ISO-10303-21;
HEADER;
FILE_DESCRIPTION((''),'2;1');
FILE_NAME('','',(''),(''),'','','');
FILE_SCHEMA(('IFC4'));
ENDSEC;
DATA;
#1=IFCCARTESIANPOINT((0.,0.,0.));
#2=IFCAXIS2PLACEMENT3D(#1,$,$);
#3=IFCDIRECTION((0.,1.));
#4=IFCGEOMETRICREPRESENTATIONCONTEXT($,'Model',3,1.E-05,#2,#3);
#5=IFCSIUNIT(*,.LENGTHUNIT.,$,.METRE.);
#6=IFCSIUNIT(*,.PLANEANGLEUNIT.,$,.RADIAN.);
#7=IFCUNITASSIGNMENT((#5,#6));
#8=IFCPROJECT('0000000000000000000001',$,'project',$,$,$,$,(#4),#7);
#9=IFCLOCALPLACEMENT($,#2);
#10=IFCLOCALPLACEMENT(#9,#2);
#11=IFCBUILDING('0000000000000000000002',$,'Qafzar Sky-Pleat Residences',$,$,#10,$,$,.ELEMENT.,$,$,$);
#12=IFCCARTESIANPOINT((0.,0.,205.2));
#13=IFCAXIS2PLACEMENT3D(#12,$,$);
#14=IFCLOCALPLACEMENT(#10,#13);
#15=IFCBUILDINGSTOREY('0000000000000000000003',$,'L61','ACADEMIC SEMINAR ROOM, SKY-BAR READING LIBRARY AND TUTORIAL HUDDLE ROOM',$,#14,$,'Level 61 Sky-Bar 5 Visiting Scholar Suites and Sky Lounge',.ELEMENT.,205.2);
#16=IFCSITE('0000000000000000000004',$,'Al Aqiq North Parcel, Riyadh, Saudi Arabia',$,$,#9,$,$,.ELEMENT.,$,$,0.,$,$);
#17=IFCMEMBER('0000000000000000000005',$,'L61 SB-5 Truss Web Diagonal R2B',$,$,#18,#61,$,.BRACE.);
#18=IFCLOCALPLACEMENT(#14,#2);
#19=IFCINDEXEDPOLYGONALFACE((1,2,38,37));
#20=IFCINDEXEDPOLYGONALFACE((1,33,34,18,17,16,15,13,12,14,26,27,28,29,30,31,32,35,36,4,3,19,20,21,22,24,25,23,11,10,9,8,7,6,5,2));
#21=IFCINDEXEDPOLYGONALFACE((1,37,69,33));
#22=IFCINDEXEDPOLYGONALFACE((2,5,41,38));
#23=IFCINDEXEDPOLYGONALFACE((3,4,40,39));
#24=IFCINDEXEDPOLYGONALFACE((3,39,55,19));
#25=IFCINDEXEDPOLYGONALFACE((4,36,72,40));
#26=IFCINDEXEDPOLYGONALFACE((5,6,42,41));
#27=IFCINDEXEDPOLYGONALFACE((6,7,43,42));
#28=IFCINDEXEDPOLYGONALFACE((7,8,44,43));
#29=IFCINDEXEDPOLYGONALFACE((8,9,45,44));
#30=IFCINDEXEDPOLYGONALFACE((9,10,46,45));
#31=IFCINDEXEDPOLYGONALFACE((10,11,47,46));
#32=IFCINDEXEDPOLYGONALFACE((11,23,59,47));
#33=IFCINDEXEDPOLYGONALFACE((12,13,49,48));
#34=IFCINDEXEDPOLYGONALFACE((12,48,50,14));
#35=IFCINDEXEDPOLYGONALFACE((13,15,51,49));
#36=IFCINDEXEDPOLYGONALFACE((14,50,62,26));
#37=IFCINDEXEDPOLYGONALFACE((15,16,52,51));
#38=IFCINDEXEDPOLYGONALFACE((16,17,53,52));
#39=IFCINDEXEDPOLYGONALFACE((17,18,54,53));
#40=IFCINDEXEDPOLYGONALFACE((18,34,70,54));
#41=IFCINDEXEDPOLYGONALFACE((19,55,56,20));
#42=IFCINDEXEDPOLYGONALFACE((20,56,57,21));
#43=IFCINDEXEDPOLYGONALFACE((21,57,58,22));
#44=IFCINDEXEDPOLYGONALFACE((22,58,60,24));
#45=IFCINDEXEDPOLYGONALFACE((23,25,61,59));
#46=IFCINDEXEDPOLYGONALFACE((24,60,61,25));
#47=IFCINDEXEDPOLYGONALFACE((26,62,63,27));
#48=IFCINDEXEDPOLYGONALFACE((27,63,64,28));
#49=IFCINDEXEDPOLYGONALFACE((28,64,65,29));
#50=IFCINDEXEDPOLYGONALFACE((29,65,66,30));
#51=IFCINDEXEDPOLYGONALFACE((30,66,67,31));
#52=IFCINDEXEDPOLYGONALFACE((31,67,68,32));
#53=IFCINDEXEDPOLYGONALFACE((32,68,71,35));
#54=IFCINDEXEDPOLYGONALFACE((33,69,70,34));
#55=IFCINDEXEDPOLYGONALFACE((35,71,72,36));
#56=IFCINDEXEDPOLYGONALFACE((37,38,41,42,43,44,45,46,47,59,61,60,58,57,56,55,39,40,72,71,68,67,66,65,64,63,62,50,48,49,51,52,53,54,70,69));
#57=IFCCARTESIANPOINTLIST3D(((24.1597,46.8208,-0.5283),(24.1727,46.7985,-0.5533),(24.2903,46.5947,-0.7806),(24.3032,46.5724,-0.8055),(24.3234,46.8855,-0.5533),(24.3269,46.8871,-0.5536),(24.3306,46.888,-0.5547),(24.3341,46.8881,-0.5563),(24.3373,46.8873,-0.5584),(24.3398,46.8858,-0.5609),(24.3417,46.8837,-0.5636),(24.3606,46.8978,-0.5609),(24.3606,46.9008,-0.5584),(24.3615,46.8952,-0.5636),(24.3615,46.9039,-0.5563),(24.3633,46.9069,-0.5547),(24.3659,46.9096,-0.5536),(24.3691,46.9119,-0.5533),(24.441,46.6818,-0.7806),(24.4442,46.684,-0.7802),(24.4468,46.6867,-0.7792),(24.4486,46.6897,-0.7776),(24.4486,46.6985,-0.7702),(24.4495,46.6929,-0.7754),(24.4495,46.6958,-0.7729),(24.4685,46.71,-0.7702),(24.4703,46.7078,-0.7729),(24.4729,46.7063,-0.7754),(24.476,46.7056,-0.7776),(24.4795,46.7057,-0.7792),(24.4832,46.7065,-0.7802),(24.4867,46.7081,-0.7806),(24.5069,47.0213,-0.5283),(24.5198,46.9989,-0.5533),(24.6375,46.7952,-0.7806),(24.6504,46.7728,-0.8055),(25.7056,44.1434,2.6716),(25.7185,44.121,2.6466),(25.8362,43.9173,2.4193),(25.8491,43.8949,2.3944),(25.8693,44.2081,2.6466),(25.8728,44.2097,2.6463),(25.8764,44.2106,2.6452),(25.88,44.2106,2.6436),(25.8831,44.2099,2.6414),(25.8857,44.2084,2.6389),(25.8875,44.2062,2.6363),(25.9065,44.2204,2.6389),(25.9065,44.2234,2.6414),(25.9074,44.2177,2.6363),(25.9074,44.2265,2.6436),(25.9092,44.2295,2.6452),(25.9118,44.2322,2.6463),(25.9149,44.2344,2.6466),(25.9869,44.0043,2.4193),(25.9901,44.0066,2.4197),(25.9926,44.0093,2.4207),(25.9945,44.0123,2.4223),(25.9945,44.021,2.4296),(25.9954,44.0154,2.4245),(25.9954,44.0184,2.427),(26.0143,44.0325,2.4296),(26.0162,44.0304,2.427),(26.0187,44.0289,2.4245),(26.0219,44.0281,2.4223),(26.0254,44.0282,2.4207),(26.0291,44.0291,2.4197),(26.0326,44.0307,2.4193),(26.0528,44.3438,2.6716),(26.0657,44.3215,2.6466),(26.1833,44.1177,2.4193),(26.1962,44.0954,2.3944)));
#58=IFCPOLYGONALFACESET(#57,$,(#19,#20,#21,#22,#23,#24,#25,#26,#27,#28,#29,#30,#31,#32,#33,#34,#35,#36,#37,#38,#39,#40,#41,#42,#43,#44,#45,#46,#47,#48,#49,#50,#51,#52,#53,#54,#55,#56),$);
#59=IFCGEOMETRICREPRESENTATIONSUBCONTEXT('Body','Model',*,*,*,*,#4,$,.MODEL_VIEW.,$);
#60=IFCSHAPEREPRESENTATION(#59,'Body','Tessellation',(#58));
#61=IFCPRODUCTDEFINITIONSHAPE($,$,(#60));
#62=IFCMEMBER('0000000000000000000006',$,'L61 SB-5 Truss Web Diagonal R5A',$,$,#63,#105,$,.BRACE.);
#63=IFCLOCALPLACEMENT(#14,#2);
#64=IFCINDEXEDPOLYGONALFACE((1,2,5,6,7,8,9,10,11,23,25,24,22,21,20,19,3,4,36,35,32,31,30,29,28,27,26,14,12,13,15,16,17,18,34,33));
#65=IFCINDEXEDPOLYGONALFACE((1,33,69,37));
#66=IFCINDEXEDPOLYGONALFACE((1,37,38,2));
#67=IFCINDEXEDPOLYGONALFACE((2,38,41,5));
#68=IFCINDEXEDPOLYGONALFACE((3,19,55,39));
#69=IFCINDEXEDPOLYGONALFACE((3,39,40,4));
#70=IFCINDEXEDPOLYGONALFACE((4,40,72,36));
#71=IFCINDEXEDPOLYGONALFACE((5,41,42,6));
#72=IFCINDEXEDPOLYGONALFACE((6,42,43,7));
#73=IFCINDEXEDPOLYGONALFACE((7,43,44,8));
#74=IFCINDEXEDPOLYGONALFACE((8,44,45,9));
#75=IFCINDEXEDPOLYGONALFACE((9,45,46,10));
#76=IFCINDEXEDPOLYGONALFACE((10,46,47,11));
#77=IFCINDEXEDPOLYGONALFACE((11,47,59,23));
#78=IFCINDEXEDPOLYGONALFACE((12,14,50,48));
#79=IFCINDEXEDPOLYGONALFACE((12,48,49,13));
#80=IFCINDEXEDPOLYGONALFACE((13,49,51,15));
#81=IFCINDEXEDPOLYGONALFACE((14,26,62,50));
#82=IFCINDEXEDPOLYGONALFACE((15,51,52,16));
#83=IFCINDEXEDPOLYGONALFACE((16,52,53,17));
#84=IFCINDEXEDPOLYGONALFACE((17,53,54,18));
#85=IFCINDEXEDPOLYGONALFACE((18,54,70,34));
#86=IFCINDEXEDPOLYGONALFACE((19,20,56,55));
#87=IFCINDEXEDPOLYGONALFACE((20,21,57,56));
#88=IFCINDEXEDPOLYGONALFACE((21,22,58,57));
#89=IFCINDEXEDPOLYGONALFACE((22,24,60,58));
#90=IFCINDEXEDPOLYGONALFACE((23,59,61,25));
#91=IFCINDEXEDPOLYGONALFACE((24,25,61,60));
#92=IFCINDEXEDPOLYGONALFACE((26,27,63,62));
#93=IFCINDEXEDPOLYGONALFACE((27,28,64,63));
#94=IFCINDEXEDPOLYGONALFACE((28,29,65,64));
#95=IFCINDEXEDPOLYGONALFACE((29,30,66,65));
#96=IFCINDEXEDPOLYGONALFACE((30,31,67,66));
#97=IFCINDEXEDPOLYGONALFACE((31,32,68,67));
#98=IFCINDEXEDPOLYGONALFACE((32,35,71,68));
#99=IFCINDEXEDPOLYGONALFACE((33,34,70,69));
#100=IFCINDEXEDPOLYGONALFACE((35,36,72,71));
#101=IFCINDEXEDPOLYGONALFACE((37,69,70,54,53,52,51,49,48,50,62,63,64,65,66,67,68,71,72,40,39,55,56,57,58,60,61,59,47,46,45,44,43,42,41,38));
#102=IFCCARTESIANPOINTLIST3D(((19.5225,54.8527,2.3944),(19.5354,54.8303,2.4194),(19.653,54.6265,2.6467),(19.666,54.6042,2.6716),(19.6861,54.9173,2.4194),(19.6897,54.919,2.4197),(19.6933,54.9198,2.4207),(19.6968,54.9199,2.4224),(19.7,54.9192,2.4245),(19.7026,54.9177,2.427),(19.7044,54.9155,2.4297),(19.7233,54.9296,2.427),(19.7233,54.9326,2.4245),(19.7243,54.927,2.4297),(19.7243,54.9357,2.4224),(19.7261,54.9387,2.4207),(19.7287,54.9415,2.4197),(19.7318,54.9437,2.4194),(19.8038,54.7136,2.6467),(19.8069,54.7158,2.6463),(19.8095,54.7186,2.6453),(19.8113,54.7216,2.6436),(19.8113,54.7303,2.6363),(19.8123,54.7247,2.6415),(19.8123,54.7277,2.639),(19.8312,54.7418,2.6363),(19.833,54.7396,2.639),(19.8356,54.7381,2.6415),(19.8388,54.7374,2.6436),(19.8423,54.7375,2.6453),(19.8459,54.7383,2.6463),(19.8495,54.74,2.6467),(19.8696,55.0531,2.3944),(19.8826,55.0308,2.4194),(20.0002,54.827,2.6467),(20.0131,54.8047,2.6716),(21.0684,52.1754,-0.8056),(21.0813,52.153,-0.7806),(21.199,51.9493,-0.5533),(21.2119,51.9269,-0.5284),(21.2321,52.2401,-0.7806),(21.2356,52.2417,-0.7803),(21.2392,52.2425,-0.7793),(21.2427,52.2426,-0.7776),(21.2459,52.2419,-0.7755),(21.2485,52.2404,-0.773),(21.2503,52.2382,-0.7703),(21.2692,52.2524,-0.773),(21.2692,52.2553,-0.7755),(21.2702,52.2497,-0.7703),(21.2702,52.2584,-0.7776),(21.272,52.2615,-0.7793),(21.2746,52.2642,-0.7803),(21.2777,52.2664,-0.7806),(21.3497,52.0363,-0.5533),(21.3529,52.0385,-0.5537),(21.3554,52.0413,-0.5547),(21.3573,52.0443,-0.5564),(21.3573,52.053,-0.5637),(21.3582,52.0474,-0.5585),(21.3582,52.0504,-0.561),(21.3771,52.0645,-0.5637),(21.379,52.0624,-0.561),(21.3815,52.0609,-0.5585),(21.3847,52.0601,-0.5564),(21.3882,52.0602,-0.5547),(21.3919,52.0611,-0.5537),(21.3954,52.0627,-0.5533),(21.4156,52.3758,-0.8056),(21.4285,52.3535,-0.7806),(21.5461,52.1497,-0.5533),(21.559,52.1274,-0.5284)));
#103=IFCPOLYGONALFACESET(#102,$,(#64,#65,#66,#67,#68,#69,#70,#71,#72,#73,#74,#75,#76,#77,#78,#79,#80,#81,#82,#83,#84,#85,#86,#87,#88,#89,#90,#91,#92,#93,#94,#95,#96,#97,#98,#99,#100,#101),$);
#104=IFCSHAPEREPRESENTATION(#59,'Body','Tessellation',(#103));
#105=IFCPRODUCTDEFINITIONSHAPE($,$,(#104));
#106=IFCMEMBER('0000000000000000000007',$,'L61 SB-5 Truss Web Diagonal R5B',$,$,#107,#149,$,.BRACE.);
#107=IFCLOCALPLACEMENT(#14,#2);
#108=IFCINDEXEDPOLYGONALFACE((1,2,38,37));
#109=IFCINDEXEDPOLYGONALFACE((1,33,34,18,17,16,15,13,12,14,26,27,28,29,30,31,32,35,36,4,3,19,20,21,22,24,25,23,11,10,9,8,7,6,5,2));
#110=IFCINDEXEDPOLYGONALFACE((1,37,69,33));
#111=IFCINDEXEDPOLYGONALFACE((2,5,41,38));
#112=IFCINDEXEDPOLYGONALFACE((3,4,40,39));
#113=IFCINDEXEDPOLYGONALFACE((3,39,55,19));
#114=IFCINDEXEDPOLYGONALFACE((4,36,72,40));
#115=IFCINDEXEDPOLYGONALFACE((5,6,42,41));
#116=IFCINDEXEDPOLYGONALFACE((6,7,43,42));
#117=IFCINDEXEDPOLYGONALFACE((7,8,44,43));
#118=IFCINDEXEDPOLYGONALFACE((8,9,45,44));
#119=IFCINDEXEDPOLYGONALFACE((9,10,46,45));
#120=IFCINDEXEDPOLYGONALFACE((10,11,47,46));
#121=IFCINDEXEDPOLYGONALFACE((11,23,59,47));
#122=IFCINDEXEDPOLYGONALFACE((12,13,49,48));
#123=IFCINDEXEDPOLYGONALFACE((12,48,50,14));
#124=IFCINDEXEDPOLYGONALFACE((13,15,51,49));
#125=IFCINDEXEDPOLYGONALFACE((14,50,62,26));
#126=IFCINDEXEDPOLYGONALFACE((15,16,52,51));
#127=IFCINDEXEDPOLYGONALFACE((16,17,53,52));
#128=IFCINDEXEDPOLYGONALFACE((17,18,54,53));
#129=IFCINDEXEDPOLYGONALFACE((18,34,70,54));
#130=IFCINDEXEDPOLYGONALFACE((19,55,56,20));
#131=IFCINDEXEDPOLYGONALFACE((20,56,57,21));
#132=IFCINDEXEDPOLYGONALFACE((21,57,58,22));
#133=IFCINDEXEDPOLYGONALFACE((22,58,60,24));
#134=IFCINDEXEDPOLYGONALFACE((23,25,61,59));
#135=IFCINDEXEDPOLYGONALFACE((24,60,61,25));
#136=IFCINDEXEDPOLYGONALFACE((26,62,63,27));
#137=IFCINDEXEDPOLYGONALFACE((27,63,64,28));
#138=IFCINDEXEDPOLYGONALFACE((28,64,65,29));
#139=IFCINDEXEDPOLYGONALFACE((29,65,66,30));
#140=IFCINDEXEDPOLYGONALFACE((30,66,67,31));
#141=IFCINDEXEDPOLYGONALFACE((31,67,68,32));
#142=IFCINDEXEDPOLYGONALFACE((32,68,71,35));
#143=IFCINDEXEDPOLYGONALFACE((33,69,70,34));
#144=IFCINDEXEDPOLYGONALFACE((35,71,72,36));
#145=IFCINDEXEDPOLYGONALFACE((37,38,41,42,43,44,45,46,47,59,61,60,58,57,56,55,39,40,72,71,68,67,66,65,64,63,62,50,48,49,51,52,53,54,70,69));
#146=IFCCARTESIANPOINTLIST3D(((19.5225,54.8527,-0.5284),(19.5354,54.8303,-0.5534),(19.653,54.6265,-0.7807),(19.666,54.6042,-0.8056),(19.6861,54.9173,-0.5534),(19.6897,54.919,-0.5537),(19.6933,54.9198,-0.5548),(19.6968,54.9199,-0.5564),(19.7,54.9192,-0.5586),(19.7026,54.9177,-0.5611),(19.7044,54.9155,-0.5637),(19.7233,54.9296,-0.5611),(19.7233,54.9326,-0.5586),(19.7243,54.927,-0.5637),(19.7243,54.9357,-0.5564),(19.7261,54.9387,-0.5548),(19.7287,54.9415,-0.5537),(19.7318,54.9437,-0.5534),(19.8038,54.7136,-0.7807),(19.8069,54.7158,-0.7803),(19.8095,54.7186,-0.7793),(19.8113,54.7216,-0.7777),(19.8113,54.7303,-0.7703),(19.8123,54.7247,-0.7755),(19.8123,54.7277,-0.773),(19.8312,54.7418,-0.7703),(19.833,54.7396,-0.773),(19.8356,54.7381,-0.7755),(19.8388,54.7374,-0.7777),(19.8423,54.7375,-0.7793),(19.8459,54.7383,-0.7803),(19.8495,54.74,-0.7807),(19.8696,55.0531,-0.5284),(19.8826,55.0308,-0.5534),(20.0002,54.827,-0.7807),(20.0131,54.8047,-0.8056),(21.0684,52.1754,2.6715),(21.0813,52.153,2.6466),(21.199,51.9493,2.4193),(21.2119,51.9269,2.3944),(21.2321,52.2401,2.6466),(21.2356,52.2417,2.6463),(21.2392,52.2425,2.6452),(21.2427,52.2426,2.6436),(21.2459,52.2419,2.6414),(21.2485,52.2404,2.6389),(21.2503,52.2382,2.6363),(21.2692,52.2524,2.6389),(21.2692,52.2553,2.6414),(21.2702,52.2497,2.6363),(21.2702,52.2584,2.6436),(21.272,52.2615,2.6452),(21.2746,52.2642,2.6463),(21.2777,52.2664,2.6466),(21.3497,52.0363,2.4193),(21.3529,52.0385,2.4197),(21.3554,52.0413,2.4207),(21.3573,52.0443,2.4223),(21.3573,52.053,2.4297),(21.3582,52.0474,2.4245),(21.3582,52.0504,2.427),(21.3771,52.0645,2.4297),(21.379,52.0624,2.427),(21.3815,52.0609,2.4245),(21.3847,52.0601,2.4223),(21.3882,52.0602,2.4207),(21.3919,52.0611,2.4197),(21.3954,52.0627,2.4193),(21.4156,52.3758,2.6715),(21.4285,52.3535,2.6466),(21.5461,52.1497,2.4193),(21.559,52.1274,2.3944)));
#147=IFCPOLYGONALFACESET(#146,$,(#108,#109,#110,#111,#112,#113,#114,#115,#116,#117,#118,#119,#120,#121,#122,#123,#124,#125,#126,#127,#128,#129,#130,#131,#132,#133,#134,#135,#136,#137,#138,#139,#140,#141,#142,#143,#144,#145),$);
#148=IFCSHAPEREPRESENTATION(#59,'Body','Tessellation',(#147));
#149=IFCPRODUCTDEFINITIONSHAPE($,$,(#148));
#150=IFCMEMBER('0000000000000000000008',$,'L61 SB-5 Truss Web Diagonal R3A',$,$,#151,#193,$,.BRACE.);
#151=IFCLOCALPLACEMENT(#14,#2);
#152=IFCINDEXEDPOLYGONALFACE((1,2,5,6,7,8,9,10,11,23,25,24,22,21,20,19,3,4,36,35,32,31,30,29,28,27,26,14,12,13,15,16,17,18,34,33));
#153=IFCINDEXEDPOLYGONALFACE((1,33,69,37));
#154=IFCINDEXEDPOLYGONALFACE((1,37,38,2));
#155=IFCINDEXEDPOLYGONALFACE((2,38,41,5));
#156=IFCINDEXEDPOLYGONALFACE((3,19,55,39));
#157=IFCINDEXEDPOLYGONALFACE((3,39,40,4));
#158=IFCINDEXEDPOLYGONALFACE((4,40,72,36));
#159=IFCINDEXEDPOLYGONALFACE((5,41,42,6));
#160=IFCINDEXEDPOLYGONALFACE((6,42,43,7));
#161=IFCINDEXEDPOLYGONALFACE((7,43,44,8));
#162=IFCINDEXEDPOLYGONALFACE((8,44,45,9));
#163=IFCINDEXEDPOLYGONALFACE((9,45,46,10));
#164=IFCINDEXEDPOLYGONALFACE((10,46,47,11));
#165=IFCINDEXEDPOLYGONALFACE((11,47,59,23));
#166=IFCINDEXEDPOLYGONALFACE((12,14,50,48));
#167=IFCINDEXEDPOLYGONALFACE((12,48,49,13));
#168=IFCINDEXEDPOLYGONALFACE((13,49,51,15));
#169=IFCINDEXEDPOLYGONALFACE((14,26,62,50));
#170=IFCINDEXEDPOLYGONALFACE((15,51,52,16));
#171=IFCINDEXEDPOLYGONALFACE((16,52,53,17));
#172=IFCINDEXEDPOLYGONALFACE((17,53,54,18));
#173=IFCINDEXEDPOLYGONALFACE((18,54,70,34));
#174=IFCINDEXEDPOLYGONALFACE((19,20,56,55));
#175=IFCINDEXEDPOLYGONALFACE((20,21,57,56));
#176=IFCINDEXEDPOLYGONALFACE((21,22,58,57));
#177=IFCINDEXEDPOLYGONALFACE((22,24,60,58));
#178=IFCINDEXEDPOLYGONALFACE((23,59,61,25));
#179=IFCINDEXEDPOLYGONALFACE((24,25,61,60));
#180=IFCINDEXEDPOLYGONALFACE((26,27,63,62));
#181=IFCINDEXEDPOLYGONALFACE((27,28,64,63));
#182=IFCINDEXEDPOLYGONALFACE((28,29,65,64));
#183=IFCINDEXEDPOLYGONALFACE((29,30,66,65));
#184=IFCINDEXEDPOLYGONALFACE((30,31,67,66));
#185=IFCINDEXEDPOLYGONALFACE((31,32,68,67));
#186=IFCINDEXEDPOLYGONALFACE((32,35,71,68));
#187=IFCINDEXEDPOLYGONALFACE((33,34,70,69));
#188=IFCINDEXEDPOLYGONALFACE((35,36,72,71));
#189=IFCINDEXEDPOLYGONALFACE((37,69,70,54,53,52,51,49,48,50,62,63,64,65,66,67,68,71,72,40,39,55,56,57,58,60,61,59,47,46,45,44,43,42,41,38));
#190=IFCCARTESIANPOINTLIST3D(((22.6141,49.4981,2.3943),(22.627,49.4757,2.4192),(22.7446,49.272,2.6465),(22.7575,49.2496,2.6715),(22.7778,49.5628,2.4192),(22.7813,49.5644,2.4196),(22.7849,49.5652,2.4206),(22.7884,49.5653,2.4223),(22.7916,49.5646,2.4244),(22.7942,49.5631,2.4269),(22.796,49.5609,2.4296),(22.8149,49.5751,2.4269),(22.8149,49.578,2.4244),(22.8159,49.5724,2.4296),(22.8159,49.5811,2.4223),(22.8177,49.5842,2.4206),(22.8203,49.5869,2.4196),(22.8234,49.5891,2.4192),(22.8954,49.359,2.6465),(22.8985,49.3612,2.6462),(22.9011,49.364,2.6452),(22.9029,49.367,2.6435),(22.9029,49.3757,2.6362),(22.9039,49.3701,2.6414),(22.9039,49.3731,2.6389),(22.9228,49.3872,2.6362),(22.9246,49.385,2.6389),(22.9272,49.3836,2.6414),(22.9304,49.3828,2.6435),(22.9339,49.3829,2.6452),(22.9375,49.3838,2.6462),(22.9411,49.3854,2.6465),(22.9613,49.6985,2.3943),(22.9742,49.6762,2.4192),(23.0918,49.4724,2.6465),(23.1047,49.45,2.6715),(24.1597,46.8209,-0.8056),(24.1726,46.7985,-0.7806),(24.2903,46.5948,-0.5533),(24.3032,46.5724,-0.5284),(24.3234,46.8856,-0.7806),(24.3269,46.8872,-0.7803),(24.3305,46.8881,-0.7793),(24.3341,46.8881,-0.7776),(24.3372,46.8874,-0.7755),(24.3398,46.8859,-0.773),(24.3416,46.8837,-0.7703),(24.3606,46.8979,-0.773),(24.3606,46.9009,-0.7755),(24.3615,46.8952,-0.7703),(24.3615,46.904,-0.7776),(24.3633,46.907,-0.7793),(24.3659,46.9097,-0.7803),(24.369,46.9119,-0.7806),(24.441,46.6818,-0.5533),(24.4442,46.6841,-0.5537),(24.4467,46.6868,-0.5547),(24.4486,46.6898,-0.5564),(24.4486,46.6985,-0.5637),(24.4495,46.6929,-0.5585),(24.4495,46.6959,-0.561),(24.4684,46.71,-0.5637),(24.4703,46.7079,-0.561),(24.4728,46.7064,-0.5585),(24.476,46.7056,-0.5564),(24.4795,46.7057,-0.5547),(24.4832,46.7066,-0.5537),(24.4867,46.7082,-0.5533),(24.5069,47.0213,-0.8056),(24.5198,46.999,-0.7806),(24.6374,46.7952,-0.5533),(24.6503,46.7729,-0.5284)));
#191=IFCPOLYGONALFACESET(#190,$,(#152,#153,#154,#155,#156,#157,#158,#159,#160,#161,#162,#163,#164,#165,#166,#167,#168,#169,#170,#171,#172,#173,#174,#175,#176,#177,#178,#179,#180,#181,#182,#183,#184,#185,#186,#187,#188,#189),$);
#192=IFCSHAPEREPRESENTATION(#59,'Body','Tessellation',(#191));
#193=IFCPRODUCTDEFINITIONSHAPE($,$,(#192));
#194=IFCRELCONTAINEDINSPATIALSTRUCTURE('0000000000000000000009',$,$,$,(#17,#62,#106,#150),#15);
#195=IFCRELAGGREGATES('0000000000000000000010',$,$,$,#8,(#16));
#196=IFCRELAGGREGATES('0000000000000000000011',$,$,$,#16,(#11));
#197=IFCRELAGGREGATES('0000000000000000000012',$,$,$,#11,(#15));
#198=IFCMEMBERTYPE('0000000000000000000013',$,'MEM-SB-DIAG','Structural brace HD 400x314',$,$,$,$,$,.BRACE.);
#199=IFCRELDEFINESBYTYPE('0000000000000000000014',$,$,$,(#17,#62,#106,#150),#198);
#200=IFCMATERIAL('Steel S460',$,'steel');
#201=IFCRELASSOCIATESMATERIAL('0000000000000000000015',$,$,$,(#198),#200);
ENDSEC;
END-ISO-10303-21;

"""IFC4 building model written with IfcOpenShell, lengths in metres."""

from ifc_helpers import new_model, si_unit, direction, frame, origin, origin_2d, place, context, subcontext, project, spatial, i_section, extrude, source, transform, mapped, material, material_profile, profile_set, type_object, element, save


model = new_model("IFC4")

# Units and contexts
model_context = context("Model", 3, precision=1e-05, world=origin(), true_north=direction((0.0, 1.0)))
body_context = subcontext(model_context, "Body", "Model", "MODEL_VIEW")
ifc_project = project(units=[si_unit("LENGTHUNIT", "METRE"), si_unit("PLANEANGLEUNIT", "RADIAN")], contexts=[model_context])

# Site, building, storey
site_placement = place(None, origin())
site = spatial("IfcSite", under=ifc_project, at=site_placement, Name="Al Aqiq North Parcel, Riyadh, Saudi Arabia", CompositionType="ELEMENT", RefElevation=0.0)
building_placement = place(site_placement, origin())
building = spatial("IfcBuilding", under=site, at=building_placement, Name="Qafzar Sky-Pleat Residences", CompositionType="ELEMENT")
storey_placement = place(building_placement, frame((0.0, 0.0, 205.2)))
storey = spatial("IfcBuildingStorey", under=building, at=storey_placement, Name="L61", Description="ACADEMIC SEMINAR ROOM, SKY-BAR READING LIBRARY AND TUTORIAL HUDDLE ROOM", LongName="Level 61 Sky-Bar 5 Visiting Scholar Suites and Sky Lounge", CompositionType="ELEMENT", Elevation=205.2)

# Members
ifc_material_1 = material(Name="Steel S460", Category="steel")
ifc_material_profile_1 = material_profile(ifc_material_1, i_section(OverallWidth=0.4009, OverallDepth=0.3989, WebThickness=0.0229, FlangeThickness=0.0359, FilletRadius=0.0149, at=origin_2d()), Name="HD 400x314")
ifc_profile_set_1 = profile_set([ifc_material_profile_1], Name="Steel S460")
member_type = type_object("IfcMemberType", Name="MEM-SB-DIAG", Description="Structural brace HD 400x314", PredefinedType="BRACE", material=ifc_profile_set_1)
shared_shape_1 = source(origin(), body_context, "Body", "SweptSolid", [
    extrude(i_section(OverallWidth=0.4009, OverallDepth=0.3989, WebThickness=0.0229, FlangeThickness=0.0359, FilletRadius=0.0149, at=origin_2d()), origin(), (0.0, 0.0, 1.0), 4.4495),
])
for number, where, z_axis, x_axis, name in (
    (1, (25.9509, 44.1194, 2.533), (-0.347428, 0.601745, -0.719164), (-0.866019, -0.500012, 0.0), "L61 SB-5 Truss Web Diagonal R2B"),
    (2, (21.3137, 52.1514, -0.667), (-0.34744, 0.60171, 0.719188), (-0.865999, -0.500046, 0.0), "L61 SB-5 Truss Web Diagonal R5A"),
    (3, (21.3137, 52.1514, 2.533), (-0.34744, 0.60171, -0.719188), (-0.865999, -0.500046, 0.0), "L61 SB-5 Truss Web Diagonal R5B"),
):
    element("IfcMember", number, at=place(storey_placement, frame(where, z_axis=z_axis, x_axis=x_axis)), inside=storey, type_object=member_type, Name=name, PredefinedType="BRACE", context=body_context, shape_type="MappedRepresentation", body=[
        mapped(shared_shape_1, transform((0.0, 0.0, 0.0), x_axis=(1.0, 0.0, 0.0), y_axis=(0.0, 1.0, 0.0), z_axis=(0.0, 0.0, 1.0), scale=1.0)),
    ])
shared_shape_2 = source(origin(), body_context, "Body", "SweptSolid", [
    extrude(i_section(OverallWidth=0.4009, OverallDepth=0.3989, WebThickness=0.0229, FlangeThickness=0.0359, FilletRadius=0.0149, at=origin_2d()), origin(), (0.0, 0.0, 1.0), 4.4492),
])
for number, where, z_axis, x_axis, name in (
    (4, (24.405, 46.7969, -0.667), (-0.347392, 0.601721, 0.719201), (-0.866033, -0.499987, 0.0), "L61 SB-5 Truss Web Diagonal R3A"),
):
    element("IfcMember", number, at=place(storey_placement, frame(where, z_axis=z_axis, x_axis=x_axis)), inside=storey, type_object=member_type, Name=name, PredefinedType="BRACE", context=body_context, shape_type="MappedRepresentation", body=[
        mapped(shared_shape_2, transform((0.0, 0.0, 0.0), x_axis=(1.0, 0.0, 0.0), y_axis=(0.0, 1.0, 0.0), z_axis=(0.0, 0.0, 1.0), scale=1.0)),
    ])

save(model, "model.ifc")
